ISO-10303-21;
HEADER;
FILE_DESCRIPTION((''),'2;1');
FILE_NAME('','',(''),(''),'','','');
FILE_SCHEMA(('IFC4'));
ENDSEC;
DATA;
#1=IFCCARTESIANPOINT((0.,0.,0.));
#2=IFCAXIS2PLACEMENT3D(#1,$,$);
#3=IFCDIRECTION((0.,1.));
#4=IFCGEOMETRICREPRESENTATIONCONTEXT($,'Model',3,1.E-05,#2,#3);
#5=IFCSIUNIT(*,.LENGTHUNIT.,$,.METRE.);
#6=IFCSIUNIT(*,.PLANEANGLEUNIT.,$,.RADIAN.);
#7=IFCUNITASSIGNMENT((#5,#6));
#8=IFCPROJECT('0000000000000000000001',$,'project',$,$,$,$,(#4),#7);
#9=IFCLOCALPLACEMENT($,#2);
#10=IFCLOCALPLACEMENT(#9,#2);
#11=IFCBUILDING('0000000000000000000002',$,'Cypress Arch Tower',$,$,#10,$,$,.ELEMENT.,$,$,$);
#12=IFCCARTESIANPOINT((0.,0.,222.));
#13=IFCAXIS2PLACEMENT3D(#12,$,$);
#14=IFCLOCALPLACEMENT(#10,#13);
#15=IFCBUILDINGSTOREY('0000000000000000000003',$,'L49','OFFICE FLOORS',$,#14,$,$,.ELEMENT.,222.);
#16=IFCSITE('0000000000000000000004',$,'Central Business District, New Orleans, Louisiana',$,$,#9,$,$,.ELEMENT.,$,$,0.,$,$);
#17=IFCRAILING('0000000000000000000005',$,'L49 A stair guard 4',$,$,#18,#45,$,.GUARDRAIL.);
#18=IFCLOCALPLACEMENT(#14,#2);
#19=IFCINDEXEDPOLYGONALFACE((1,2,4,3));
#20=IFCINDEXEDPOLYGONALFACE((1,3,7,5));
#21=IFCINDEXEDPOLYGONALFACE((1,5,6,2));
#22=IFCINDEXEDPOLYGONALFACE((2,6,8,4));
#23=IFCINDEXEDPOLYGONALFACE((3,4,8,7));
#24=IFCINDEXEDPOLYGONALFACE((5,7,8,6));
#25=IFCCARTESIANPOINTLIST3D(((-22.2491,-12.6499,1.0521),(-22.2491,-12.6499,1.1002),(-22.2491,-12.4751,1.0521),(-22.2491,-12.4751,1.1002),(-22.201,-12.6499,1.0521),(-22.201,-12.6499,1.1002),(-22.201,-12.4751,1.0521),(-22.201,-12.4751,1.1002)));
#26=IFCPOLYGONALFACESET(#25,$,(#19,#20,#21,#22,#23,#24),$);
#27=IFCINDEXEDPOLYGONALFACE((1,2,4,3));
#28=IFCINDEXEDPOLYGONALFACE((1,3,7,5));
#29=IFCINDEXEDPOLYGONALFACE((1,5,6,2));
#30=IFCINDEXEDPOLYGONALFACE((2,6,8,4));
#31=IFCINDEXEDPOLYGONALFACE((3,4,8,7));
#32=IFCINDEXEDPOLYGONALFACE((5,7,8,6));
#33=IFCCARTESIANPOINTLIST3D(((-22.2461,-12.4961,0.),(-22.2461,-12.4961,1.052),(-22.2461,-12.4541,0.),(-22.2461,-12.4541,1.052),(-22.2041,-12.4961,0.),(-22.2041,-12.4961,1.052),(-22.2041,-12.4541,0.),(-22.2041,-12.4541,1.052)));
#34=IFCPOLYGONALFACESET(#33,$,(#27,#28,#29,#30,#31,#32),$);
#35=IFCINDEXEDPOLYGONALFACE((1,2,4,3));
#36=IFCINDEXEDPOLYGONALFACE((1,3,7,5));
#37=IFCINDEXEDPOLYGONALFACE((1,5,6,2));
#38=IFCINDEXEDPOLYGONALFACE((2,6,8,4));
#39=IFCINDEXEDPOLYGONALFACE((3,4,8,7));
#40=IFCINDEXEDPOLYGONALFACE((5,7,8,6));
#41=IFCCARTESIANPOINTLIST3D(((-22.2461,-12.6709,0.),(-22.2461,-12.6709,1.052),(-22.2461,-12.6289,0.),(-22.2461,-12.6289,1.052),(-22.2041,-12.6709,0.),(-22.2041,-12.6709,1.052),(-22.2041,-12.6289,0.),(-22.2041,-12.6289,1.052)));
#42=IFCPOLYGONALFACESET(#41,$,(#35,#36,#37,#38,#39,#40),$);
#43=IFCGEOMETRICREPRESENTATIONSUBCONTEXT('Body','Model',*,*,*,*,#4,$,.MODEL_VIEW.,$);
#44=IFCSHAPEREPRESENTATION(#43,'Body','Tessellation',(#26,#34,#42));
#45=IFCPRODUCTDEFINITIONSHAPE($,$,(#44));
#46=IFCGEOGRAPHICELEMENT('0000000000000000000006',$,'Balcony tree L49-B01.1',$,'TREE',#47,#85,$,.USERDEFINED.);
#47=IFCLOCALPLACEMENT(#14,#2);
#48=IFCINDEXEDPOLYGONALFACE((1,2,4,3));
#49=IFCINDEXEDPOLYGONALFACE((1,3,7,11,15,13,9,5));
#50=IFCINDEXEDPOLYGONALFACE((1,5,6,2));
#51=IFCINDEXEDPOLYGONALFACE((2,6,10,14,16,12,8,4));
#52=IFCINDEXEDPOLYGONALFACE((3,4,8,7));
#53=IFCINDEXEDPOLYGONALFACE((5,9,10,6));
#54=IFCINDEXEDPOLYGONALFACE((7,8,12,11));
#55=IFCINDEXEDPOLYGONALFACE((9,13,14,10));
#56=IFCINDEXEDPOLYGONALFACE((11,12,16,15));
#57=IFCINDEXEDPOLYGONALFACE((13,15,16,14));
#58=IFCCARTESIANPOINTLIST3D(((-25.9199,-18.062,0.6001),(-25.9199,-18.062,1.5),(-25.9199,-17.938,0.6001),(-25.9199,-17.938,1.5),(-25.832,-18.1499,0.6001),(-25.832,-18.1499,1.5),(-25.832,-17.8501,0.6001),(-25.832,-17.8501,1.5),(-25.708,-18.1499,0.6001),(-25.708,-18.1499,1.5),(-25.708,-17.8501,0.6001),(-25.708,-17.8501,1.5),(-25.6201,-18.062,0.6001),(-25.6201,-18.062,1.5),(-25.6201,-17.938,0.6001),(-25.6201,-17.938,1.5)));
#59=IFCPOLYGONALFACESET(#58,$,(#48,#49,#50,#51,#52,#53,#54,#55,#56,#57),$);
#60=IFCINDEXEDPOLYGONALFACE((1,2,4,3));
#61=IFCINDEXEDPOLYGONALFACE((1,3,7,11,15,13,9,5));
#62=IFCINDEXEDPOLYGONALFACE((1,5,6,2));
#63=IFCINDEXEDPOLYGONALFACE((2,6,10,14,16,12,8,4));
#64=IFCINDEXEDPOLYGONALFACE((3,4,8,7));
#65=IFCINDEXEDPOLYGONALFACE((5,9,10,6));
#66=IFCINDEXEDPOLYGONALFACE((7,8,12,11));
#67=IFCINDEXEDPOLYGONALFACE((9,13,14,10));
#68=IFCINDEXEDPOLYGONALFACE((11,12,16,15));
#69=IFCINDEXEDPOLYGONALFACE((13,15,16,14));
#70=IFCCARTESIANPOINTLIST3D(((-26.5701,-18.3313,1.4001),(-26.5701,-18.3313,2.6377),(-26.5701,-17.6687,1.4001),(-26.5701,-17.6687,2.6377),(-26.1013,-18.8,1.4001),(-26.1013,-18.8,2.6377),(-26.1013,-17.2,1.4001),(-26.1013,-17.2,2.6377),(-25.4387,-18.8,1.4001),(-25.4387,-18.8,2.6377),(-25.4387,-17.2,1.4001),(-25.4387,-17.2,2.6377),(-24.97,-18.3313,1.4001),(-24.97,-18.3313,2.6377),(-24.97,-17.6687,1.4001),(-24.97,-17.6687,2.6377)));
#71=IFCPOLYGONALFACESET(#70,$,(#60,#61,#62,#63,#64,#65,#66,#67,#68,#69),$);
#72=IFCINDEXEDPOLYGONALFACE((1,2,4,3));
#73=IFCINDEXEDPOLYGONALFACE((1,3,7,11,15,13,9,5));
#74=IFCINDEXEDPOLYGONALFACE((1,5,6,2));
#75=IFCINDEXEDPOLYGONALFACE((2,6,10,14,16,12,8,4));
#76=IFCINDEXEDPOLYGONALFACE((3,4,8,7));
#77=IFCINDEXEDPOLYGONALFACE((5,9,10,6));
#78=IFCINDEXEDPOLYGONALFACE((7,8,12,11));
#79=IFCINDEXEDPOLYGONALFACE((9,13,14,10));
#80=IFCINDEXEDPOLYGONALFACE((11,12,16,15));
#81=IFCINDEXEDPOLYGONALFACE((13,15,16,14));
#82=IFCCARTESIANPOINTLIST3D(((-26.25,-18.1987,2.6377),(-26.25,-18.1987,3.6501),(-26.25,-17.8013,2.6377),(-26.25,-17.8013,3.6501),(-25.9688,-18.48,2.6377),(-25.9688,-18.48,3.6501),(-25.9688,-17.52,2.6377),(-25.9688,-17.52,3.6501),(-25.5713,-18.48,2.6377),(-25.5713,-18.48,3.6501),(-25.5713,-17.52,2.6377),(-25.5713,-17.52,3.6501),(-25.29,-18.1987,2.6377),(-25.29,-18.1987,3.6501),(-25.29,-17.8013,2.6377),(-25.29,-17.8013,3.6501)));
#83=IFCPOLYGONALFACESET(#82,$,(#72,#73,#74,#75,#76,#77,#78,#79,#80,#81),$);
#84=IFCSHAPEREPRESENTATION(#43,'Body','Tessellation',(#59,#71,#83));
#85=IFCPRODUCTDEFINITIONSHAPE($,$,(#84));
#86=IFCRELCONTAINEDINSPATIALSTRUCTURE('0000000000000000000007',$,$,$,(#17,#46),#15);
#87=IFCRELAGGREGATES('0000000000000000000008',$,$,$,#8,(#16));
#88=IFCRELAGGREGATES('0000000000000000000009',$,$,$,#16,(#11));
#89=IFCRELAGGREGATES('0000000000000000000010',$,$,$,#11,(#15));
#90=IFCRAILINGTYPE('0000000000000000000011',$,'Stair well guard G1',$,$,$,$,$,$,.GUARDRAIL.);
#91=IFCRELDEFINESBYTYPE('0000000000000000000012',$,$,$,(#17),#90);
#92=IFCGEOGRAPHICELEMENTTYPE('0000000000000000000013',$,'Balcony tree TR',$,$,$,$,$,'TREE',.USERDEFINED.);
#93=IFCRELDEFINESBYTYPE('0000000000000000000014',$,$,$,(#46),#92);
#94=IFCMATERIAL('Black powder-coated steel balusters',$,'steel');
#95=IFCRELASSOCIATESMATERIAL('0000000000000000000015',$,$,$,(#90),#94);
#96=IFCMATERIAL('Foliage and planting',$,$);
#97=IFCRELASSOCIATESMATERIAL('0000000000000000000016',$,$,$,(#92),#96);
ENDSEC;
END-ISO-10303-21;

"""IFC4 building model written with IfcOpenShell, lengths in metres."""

from ifc_helpers import new_model, si_unit, direction, frame, origin, origin_2d, place, context, subcontext, project, spatial, polyline, rectangle, outline, extrude, material, type_object, element, save


model = new_model("IFC4")

# Units and contexts
model_context = context("Model", 3, precision=1e-05, world=origin(), true_north=direction((0.0, 1.0)))
body_context = subcontext(model_context, "Body", "Model", "MODEL_VIEW")
ifc_project = project(units=[si_unit("LENGTHUNIT", "METRE"), si_unit("PLANEANGLEUNIT", "RADIAN")], contexts=[model_context])

# Site, building, storey
site_placement = place(None, origin())
site = spatial("IfcSite", under=ifc_project, at=site_placement, Name="Central Business District, New Orleans, Louisiana", CompositionType="ELEMENT", RefElevation=0.0)
building_placement = place(site_placement, origin())
building = spatial("IfcBuilding", under=site, at=building_placement, Name="Cypress Arch Tower", CompositionType="ELEMENT")
storey_placement = place(building_placement, frame((0.0, 0.0, 222.0)))
storey = spatial("IfcBuildingStorey", under=building, at=storey_placement, Name="L49", Description="OFFICE FLOORS", CompositionType="ELEMENT", Elevation=222.0)

# Railing
ifc_material_1 = material(Name="Black powder-coated steel balusters", Category="steel")
railing_type_1 = type_object("IfcRailingType", Name="Stair well guard G1", PredefinedType="GUARDRAIL", material=ifc_material_1)
railing_1_placement = place(storey_placement, frame((-22.2251, -12.4751, 0.0)))
element("IfcRailing", 1, at=railing_1_placement, inside=storey, type_object=railing_type_1, Name="L49 A stair guard 4", PredefinedType="GUARDRAIL", context=body_context, shape_type="SweptSolid", body=[
    extrude(rectangle(XDim=0.0481, YDim=0.0481, at=origin_2d()), frame((0.0, 0.0, 1.0762), z_axis=(0.0, -1.0, 0.0), x_axis=(1.0, 0.0, 0.0)), (0.0, 0.0, 1.0), 0.1748),
    extrude(rectangle(XDim=0.042, YDim=0.042, at=origin_2d()), origin(), (0.0, 0.0, 1.0), 1.052),
    extrude(rectangle(XDim=0.042, YDim=0.042, at=origin_2d()), frame((0.0, -0.1748, 0.0)), (0.0, 0.0, 1.0), 1.052),
])

# Geographic element
ifc_material_2 = material(Name="Foliage and planting")
geographic_element_type = type_object("IfcGeographicElementType", Name="Balcony tree TR", ElementType="TREE", PredefinedType="USERDEFINED", material=ifc_material_2)
geographic_element_placement = place(storey_placement, frame((-25.77, -18.0, 0.6001), z_axis=(0.0, 0.0, 1.0), x_axis=(1.0, 0.0, 0.0)))
element("IfcGeographicElement", 2, at=geographic_element_placement, inside=storey, type_object=geographic_element_type, Name="Balcony tree L49-B01.1", ObjectType="TREE", PredefinedType="USERDEFINED", context=body_context, shape_type="SweptSolid", body=[
    extrude(outline(polyline([(0.1499, 0.062), (0.062, 0.1499), (-0.062, 0.1499), (-0.1499, 0.062), (-0.1499, -0.062), (-0.062, -0.1499), (0.062, -0.1499), (0.1499, -0.062), (0.1499, 0.062)])), origin(), (0.0, 0.0, 1.0), 0.8999),
    extrude(outline(polyline([(0.8, 0.3313), (0.3313, 0.8), (-0.3313, 0.8), (-0.8, 0.3313), (-0.8, -0.3313), (-0.3313, -0.8), (0.3313, -0.8), (0.8, -0.3313), (0.8, 0.3313)])), frame((0.0, 0.0, 0.8)), (0.0, 0.0, 1.0), 1.2375),
    extrude(outline(polyline([(0.48, 0.1987), (0.1987, 0.48), (-0.1987, 0.48), (-0.48, 0.1987), (-0.48, -0.1987), (-0.1987, -0.48), (0.1987, -0.48), (0.48, -0.1987), (0.48, 0.1987)])), frame((0.0, 0.0, 2.0376)), (0.0, 0.0, 1.0), 1.0125),
])

save(model, "model.ifc")
